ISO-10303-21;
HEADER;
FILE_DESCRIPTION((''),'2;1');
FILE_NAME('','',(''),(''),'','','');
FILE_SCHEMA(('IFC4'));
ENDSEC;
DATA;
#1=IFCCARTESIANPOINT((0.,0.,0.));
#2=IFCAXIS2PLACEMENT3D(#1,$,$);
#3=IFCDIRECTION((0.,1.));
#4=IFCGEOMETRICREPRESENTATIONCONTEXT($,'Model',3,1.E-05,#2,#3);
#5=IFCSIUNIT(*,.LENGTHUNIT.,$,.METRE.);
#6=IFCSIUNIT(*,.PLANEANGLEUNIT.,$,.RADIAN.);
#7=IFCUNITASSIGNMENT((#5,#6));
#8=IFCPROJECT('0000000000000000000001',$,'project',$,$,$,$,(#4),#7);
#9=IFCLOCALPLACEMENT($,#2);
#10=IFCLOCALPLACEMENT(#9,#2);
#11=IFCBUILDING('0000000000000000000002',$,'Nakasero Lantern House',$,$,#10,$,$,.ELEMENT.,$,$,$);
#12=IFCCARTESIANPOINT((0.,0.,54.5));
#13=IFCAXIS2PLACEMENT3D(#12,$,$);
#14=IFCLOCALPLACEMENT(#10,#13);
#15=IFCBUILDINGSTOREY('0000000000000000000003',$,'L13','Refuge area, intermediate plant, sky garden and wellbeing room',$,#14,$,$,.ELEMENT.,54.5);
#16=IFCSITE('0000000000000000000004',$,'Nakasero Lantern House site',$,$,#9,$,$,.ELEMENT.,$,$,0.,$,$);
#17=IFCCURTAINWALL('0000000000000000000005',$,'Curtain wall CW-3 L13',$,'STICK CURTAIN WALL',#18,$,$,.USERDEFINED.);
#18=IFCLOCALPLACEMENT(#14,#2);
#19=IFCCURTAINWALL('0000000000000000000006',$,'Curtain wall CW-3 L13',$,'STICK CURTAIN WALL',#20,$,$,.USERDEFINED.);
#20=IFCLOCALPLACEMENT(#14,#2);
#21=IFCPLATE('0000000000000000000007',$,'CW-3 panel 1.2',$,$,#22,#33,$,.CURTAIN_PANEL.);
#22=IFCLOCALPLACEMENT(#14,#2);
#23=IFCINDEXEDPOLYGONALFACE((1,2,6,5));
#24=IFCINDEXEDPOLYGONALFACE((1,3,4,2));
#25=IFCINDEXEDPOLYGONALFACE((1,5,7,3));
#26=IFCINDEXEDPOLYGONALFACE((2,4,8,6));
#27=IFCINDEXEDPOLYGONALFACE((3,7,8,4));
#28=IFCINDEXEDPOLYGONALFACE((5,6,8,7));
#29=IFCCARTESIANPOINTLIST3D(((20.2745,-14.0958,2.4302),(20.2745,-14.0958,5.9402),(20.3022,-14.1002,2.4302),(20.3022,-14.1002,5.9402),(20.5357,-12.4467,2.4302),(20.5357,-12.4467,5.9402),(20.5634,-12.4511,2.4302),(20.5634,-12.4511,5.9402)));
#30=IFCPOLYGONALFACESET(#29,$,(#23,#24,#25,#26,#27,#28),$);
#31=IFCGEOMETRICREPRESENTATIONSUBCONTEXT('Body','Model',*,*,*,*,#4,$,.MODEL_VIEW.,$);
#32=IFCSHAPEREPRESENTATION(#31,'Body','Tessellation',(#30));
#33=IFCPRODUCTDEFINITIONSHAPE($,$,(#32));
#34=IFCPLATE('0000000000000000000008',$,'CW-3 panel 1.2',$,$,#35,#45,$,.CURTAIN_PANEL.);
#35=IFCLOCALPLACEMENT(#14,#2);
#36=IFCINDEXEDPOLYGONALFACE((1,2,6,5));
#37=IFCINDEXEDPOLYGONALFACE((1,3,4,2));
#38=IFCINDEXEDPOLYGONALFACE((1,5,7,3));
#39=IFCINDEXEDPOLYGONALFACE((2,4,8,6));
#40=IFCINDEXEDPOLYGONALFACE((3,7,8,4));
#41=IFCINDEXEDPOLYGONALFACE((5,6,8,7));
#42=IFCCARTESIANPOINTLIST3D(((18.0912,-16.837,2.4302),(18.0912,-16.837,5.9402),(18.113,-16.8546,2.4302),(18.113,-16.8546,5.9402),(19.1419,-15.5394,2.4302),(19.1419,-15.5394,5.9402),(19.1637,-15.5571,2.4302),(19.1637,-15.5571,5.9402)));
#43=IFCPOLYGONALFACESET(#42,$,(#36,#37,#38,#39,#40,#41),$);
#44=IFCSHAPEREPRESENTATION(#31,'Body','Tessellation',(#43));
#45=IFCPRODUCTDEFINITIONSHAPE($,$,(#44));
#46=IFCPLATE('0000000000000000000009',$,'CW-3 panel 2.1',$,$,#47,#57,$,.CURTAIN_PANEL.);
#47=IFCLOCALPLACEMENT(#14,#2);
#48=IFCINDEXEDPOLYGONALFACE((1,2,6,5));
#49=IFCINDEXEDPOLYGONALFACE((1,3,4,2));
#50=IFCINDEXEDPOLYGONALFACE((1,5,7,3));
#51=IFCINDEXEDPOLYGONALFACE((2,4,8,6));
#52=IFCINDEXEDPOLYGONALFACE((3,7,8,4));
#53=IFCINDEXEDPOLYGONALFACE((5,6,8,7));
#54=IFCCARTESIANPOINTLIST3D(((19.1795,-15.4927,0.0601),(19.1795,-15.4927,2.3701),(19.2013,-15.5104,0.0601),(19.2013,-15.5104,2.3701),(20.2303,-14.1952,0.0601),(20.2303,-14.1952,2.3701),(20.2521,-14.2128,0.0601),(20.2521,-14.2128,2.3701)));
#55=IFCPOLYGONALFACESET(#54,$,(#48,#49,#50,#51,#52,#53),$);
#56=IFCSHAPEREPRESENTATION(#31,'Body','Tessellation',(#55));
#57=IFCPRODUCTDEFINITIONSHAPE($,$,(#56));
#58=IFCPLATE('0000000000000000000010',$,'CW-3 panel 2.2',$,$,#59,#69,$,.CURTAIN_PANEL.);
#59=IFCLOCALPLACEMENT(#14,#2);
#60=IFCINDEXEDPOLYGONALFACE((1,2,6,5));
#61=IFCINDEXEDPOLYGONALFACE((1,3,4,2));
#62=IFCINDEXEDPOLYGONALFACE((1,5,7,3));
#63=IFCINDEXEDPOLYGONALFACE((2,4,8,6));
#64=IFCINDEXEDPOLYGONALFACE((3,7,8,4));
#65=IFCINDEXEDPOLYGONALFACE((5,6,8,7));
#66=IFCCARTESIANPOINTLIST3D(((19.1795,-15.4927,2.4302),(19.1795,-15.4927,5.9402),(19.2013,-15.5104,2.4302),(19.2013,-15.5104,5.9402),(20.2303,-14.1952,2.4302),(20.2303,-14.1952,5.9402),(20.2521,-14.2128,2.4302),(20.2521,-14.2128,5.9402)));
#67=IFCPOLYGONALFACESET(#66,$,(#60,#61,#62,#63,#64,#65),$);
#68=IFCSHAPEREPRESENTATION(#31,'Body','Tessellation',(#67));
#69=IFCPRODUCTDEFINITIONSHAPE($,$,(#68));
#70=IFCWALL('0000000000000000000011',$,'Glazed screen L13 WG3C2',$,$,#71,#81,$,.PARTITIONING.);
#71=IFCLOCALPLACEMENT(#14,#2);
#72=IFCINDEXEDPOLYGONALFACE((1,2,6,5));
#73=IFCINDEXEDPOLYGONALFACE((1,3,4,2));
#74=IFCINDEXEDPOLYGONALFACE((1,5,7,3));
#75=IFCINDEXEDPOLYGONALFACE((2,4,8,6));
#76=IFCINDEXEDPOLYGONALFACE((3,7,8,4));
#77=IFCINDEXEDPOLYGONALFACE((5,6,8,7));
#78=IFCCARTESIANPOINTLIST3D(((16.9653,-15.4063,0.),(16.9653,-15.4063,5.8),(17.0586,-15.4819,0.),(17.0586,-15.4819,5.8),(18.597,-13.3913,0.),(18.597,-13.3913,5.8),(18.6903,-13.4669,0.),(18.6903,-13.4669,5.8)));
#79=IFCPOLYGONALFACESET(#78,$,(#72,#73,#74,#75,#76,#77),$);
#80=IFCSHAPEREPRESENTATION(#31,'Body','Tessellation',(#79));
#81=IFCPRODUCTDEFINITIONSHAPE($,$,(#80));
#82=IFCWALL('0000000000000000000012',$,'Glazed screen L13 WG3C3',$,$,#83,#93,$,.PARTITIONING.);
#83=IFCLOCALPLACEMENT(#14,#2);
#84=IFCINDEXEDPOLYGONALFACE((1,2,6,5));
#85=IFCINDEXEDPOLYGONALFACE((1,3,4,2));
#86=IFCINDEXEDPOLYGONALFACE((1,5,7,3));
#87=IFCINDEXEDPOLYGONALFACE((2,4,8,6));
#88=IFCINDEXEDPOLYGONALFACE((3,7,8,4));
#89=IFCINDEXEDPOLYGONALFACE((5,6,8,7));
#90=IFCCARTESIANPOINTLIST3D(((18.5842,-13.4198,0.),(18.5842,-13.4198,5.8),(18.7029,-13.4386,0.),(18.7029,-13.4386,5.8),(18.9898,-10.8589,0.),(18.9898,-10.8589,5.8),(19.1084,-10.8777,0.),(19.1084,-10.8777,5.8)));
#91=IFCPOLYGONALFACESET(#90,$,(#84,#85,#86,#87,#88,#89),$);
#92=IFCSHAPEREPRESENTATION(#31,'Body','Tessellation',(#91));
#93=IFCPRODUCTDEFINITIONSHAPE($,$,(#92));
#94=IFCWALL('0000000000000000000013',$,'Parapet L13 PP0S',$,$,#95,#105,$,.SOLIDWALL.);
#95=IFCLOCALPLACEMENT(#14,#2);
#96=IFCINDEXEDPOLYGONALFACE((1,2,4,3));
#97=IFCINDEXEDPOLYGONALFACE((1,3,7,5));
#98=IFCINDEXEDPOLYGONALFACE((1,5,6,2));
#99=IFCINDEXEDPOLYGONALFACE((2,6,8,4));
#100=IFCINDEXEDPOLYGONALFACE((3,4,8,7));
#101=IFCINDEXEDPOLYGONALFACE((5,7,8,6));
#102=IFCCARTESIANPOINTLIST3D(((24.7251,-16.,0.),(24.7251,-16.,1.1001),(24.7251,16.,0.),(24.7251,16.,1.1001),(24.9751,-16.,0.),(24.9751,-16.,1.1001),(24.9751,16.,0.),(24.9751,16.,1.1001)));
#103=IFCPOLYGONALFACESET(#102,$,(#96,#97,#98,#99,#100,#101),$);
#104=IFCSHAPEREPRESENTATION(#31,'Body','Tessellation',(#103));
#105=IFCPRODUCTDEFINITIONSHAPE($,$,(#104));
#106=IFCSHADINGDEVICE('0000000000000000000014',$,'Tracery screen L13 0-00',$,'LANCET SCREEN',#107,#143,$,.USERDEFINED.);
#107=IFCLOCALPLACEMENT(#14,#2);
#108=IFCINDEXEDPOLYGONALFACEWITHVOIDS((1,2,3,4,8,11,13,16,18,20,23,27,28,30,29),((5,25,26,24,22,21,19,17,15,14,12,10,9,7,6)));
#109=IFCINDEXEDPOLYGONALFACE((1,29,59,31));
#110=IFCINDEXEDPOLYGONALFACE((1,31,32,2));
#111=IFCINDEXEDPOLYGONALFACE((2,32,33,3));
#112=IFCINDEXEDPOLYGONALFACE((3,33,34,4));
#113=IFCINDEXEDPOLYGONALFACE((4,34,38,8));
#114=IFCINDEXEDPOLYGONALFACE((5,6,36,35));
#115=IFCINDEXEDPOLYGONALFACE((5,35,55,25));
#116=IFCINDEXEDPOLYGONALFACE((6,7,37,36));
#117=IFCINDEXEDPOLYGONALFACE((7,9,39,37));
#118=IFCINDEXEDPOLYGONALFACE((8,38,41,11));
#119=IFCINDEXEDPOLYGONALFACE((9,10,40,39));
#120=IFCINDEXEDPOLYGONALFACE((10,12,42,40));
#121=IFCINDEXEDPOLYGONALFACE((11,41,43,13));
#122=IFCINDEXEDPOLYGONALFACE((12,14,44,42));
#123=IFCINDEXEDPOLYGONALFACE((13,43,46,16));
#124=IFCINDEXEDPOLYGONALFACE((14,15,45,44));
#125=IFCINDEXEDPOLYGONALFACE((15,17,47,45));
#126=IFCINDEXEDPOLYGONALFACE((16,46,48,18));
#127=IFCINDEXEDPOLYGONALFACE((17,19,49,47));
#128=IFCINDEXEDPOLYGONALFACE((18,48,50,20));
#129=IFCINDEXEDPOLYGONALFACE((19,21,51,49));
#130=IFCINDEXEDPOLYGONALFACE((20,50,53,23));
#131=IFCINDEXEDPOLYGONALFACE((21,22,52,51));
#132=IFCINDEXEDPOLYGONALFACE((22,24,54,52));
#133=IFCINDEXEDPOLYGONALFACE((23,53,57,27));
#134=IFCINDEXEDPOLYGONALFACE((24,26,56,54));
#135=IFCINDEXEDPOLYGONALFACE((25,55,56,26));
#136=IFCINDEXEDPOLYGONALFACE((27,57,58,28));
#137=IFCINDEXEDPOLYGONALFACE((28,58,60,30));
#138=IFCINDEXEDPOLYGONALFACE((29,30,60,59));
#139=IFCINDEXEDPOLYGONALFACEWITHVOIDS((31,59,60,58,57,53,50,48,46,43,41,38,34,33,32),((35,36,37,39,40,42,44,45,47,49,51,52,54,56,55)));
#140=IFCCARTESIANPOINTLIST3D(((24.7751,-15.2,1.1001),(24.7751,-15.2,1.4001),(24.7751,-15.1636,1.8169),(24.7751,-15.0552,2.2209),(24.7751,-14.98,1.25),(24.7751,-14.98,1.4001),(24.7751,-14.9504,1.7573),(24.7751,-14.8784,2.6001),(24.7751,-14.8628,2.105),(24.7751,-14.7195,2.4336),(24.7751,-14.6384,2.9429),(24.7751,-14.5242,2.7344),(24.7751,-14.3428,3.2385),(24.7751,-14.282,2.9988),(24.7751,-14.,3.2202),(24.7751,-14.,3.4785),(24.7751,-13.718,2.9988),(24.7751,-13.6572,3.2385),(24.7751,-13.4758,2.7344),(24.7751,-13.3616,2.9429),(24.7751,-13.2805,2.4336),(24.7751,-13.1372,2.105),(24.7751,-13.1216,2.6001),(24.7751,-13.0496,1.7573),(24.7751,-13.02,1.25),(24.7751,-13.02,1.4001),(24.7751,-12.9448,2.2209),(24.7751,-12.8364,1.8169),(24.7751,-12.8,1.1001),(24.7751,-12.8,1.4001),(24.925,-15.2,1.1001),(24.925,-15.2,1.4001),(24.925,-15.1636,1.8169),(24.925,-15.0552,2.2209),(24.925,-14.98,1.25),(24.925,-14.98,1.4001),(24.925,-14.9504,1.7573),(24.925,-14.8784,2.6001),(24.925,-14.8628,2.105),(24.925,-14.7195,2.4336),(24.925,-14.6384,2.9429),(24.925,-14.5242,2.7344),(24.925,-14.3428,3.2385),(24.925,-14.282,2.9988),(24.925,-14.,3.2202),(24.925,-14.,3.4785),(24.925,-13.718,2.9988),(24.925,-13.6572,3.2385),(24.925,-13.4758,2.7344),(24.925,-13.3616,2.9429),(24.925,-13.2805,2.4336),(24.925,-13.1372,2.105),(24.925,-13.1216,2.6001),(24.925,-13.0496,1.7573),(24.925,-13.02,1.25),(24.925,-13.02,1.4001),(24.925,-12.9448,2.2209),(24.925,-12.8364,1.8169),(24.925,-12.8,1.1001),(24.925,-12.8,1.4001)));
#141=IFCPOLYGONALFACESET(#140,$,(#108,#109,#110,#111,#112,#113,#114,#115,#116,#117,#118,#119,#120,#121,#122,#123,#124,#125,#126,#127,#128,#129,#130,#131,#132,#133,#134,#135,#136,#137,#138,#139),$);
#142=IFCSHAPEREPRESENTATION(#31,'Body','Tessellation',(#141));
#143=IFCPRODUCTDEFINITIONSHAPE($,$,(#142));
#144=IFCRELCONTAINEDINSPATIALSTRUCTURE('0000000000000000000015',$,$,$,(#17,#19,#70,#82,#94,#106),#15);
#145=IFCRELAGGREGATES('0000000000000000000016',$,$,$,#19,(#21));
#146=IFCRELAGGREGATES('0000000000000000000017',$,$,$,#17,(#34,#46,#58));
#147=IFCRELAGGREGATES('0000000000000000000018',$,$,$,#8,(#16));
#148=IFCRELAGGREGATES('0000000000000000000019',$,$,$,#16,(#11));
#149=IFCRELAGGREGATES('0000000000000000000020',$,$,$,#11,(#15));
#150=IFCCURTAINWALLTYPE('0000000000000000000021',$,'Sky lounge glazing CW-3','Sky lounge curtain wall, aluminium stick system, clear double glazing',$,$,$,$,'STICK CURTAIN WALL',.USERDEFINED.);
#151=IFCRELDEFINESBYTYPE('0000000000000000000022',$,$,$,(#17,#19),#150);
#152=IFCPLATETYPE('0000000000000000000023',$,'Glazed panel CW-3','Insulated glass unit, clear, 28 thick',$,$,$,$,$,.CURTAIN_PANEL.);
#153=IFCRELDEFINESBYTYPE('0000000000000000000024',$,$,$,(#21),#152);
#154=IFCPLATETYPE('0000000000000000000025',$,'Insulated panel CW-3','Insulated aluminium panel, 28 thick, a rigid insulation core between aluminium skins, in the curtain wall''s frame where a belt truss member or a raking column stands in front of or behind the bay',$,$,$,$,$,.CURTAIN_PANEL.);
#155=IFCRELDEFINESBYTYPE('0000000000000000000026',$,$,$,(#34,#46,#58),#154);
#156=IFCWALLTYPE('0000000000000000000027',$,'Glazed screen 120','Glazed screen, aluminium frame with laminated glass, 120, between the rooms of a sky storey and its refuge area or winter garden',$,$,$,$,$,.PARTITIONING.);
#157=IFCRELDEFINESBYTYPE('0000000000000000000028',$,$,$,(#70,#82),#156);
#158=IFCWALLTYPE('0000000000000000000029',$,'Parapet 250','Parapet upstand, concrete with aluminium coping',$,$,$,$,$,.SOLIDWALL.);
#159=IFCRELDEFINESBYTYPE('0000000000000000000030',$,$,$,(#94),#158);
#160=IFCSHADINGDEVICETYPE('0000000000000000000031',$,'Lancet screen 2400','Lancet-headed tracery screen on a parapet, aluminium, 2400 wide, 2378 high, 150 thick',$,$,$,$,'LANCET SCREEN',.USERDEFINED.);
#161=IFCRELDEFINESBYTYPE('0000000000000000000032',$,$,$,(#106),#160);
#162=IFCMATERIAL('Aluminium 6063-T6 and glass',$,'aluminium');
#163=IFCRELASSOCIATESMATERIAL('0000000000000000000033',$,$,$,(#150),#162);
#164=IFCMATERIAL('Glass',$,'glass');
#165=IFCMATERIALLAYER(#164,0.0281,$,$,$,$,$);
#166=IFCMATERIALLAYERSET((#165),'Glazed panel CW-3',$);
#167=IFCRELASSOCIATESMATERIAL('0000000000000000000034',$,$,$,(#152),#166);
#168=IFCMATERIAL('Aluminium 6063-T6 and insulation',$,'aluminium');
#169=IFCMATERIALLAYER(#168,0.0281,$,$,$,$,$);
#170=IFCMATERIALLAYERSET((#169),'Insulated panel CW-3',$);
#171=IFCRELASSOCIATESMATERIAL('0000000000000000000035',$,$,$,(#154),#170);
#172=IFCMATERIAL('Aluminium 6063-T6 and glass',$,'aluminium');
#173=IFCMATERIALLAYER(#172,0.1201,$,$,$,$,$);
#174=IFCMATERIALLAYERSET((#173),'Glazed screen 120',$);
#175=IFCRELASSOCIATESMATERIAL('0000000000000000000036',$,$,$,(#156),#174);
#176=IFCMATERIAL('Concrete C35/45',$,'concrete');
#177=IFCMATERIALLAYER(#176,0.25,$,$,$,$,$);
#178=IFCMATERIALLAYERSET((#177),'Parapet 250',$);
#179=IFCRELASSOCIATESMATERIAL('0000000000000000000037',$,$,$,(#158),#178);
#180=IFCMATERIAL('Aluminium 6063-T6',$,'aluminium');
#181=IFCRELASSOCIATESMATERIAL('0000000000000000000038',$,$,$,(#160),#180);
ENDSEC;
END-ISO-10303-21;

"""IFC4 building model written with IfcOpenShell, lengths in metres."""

from ifc_helpers import new_model, si_unit, direction, frame, frame_2d, origin, origin_2d, place, context, subcontext, project, spatial, polyline, rectangle, outline, extrude, material, layer, layer_set, type_object, element, aggregate, save


model = new_model("IFC4")

# Units and contexts
model_context = context("Model", 3, precision=1e-05, world=origin(), true_north=direction((0.0, 1.0)))
body_context = subcontext(model_context, "Body", "Model", "MODEL_VIEW")
ifc_project = project(units=[si_unit("LENGTHUNIT", "METRE"), si_unit("PLANEANGLEUNIT", "RADIAN")], contexts=[model_context])

# Site, building, storey
site_placement = place(None, origin())
site = spatial("IfcSite", under=ifc_project, at=site_placement, Name="Nakasero Lantern House site", CompositionType="ELEMENT", RefElevation=0.0)
building_placement = place(site_placement, origin())
building = spatial("IfcBuilding", under=site, at=building_placement, Name="Nakasero Lantern House", CompositionType="ELEMENT")
storey_placement = place(building_placement, frame((0.0, 0.0, 54.5)))
storey = spatial("IfcBuildingStorey", under=building, at=storey_placement, Name="L13", Description="Refuge area, intermediate plant, sky garden and wellbeing room", CompositionType="ELEMENT", Elevation=54.5)

# Curtain walls
ifc_material_1 = material(Name="Aluminium 6063-T6 and glass", Category="aluminium")
curtain_wall_type = type_object("IfcCurtainWallType", Name="Sky lounge glazing CW-3", Description="Sky lounge curtain wall, aluminium stick system, clear double glazing", ElementType="STICK CURTAIN WALL", PredefinedType="USERDEFINED", material=ifc_material_1)
curtain_wall_1_placement = place(storey_placement, origin())
curtain_wall_1 = element("IfcCurtainWall", 1, at=curtain_wall_1_placement, inside=storey, type_object=curtain_wall_type, Name="Curtain wall CW-3 L13", ObjectType="STICK CURTAIN WALL", PredefinedType="USERDEFINED")
curtain_wall_2_placement = place(storey_placement, origin())
curtain_wall_2 = element("IfcCurtainWall", 2, at=curtain_wall_2_placement, inside=storey, type_object=curtain_wall_type, Name="Curtain wall CW-3 L13", ObjectType="STICK CURTAIN WALL", PredefinedType="USERDEFINED")

# Plates
ifc_material_2 = material(Name="Glass", Category="glass")
ifc_layer_1 = layer(ifc_material_2, 0.0281)
ifc_layer_set_1 = layer_set([ifc_layer_1], Name="Glazed panel CW-3")
plate_type_1 = type_object("IfcPlateType", Name="Glazed panel CW-3", Description="Insulated glass unit, clear, 28 thick", PredefinedType="CURTAIN_PANEL", material=ifc_layer_set_1)
plate_1_placement = place(storey_placement, frame((20.4189, -13.2734, 2.4302), z_axis=(0.0, 0.0, 1.0), x_axis=(0.156434, 0.987688, 0.0)))
plate_1 = element("IfcPlate", 3, at=plate_1_placement, type_object=plate_type_1, Name="CW-3 panel 1.2", PredefinedType="CURTAIN_PANEL", context=body_context, shape_type="SweptSolid", body=[
    extrude(rectangle(XDim=1.6697, YDim=0.0281, at=origin_2d()), origin(), (0.0, 0.0, 1.0), 3.51),
])
aggregate(curtain_wall_2, [plate_1])
ifc_material_3 = material(Name="Aluminium 6063-T6 and insulation", Category="aluminium")
ifc_layer_2 = layer(ifc_material_3, 0.0281)
ifc_layer_set_2 = layer_set([ifc_layer_2], Name="Insulated panel CW-3")
plate_type_2 = type_object("IfcPlateType", Name="Insulated panel CW-3", Description="Insulated aluminium panel, 28 thick, a rigid insulation core between aluminium skins, in the curtain wall's frame where a belt truss member or a raking column stands in front of or behind the bay", PredefinedType="CURTAIN_PANEL", material=ifc_layer_set_2)
plate_2_placement = place(storey_placement, frame((18.6274, -16.197, 2.4302), z_axis=(0.0, 0.0, 1.0), x_axis=(0.62932, 0.777146, 0.0)))
plate_2 = element("IfcPlate", 4, at=plate_2_placement, type_object=plate_type_2, Name="CW-3 panel 1.2", PredefinedType="CURTAIN_PANEL", context=body_context, shape_type="SweptSolid", body=[
    extrude(rectangle(XDim=1.6697, YDim=0.0281, at=origin_2d()), origin(), (0.0, 0.0, 1.0), 3.51),
])
plate_3_placement = place(storey_placement, frame((19.7158, -14.8528, 0.0601), z_axis=(0.0, 0.0, 1.0), x_axis=(0.62932, 0.777146, 0.0)))
plate_3 = element("IfcPlate", 5, at=plate_3_placement, type_object=plate_type_2, Name="CW-3 panel 2.1", PredefinedType="CURTAIN_PANEL", context=body_context, shape_type="SweptSolid", body=[
    extrude(rectangle(XDim=1.6697, YDim=0.0281, at=origin_2d()), origin(), (0.0, 0.0, 1.0), 2.3101),
])
plate_4_placement = place(storey_placement, frame((19.7158, -14.8528, 2.4302), z_axis=(0.0, 0.0, 1.0), x_axis=(0.62932, 0.777146, 0.0)))
plate_4 = element("IfcPlate", 6, at=plate_4_placement, type_object=plate_type_2, Name="CW-3 panel 2.2", PredefinedType="CURTAIN_PANEL", context=body_context, shape_type="SweptSolid", body=[
    extrude(rectangle(XDim=1.6697, YDim=0.0281, at=origin_2d()), origin(), (0.0, 0.0, 1.0), 3.51),
])
aggregate(curtain_wall_1, [plate_2, plate_3, plate_4])

# Walls
ifc_material_4 = material(Name="Aluminium 6063-T6 and glass", Category="aluminium")
ifc_layer_3 = layer(ifc_material_4, 0.1201)
ifc_layer_set_3 = layer_set([ifc_layer_3], Name="Glazed screen 120")
wall_type_1 = type_object("IfcWallType", Name="Glazed screen 120", Description="Glazed screen, aluminium frame with laminated glass, 120, between the rooms of a sky storey and its refuge area or winter garden", PredefinedType="PARTITIONING", material=ifc_layer_set_3)
for number, where, z_axis, x_axis, name in (
    (7, (17.012, -15.4441, 0.0), (0.0, 0.0, 1.0), (0.629312, 0.777153, 0.0), "Glazed screen L13 WG3C2"),
    (8, (18.6436, -13.4292, 0.0), (0.0, 0.0, 1.0), (0.156407, 0.987693, 0.0), "Glazed screen L13 WG3C3"),
):
    element("IfcWall", number, at=place(storey_placement, frame(where, z_axis=z_axis, x_axis=x_axis)), inside=storey, type_object=wall_type_1, Name=name, PredefinedType="PARTITIONING", context=body_context, shape_type="SweptSolid", body=[
        extrude(rectangle(XDim=2.5928, YDim=0.1201, at=frame_2d((1.2964, 0.0))), origin(), (0.0, 0.0, 1.0), 5.8),
    ])
ifc_material_5 = material(Name="Concrete C35/45", Category="concrete")
ifc_layer_4 = layer(ifc_material_5, 0.25)
ifc_layer_set_4 = layer_set([ifc_layer_4], Name="Parapet 250")
wall_type_2 = type_object("IfcWallType", Name="Parapet 250", Description="Parapet upstand, concrete with aluminium coping", PredefinedType="SOLIDWALL", material=ifc_layer_set_4)
wall_placement = place(storey_placement, frame((24.8501, -16.0, 0.0), z_axis=(0.0, 0.0, 1.0), x_axis=(0.0, 1.0, 0.0)))
element("IfcWall", 9, at=wall_placement, inside=storey, type_object=wall_type_2, Name="Parapet L13 PP0S", PredefinedType="SOLIDWALL", context=body_context, shape_type="SweptSolid", body=[
    extrude(rectangle(XDim=32.0, YDim=0.25, at=frame_2d((16.0, 0.0))), origin(), (0.0, 0.0, 1.0), 1.1001),
])

# Shading device
ifc_material_6 = material(Name="Aluminium 6063-T6", Category="aluminium")
shading_device_type = type_object("IfcShadingDeviceType", Name="Lancet screen 2400", Description="Lancet-headed tracery screen on a parapet, aluminium, 2400 wide, 2378 high, 150 thick", ElementType="LANCET SCREEN", PredefinedType="USERDEFINED", material=ifc_material_6)
shading_device_placement = place(storey_placement, frame((24.8501, -14.0, 1.1001), z_axis=(0.0, 0.0, 1.0), x_axis=(0.0, 1.0, 0.0)))
element("IfcShadingDevice", 10, at=shading_device_placement, inside=storey, type_object=shading_device_type, Name="Tracery screen L13 0-00", ObjectType="LANCET SCREEN", PredefinedType="USERDEFINED", context=body_context, shape_type="SweptSolid", body=[
    extrude(outline(polyline([(-1.2, 0.0), (1.2, 0.0), (1.2, 0.3), (1.1636, 0.7168), (1.0552, 1.1208), (0.8784, 1.5), (0.6384, 1.8428), (0.3428, 2.1384), (0.0, 2.3784), (-0.3428, 2.1384), (-0.6384, 1.8428), (-0.8784, 1.5), (-1.0552, 1.1208), (-1.1636, 0.7168), (-1.2, 0.3), (-1.2, 0.0)]), holes=[polyline([(-0.98, 0.1499), (0.98, 0.1499), (0.98, 0.3), (0.9504, 0.6572), (0.8628, 1.0049), (0.7195, 1.3335), (0.5242, 1.6343), (0.282, 1.8987), (0.0, 2.1201), (-0.282, 1.8987), (-0.5242, 1.6343), (-0.7195, 1.3335), (-0.8628, 1.0049), (-0.9504, 0.6572), (-0.98, 0.3), (-0.98, 0.1499)])]), frame((0.0, 0.075, 0.0), z_axis=(0.0, -1.0, 0.0), x_axis=(1.0, 0.0, 0.0)), (0.0, 0.0, 1.0), 0.1499),
])

save(model, "model.ifc")
